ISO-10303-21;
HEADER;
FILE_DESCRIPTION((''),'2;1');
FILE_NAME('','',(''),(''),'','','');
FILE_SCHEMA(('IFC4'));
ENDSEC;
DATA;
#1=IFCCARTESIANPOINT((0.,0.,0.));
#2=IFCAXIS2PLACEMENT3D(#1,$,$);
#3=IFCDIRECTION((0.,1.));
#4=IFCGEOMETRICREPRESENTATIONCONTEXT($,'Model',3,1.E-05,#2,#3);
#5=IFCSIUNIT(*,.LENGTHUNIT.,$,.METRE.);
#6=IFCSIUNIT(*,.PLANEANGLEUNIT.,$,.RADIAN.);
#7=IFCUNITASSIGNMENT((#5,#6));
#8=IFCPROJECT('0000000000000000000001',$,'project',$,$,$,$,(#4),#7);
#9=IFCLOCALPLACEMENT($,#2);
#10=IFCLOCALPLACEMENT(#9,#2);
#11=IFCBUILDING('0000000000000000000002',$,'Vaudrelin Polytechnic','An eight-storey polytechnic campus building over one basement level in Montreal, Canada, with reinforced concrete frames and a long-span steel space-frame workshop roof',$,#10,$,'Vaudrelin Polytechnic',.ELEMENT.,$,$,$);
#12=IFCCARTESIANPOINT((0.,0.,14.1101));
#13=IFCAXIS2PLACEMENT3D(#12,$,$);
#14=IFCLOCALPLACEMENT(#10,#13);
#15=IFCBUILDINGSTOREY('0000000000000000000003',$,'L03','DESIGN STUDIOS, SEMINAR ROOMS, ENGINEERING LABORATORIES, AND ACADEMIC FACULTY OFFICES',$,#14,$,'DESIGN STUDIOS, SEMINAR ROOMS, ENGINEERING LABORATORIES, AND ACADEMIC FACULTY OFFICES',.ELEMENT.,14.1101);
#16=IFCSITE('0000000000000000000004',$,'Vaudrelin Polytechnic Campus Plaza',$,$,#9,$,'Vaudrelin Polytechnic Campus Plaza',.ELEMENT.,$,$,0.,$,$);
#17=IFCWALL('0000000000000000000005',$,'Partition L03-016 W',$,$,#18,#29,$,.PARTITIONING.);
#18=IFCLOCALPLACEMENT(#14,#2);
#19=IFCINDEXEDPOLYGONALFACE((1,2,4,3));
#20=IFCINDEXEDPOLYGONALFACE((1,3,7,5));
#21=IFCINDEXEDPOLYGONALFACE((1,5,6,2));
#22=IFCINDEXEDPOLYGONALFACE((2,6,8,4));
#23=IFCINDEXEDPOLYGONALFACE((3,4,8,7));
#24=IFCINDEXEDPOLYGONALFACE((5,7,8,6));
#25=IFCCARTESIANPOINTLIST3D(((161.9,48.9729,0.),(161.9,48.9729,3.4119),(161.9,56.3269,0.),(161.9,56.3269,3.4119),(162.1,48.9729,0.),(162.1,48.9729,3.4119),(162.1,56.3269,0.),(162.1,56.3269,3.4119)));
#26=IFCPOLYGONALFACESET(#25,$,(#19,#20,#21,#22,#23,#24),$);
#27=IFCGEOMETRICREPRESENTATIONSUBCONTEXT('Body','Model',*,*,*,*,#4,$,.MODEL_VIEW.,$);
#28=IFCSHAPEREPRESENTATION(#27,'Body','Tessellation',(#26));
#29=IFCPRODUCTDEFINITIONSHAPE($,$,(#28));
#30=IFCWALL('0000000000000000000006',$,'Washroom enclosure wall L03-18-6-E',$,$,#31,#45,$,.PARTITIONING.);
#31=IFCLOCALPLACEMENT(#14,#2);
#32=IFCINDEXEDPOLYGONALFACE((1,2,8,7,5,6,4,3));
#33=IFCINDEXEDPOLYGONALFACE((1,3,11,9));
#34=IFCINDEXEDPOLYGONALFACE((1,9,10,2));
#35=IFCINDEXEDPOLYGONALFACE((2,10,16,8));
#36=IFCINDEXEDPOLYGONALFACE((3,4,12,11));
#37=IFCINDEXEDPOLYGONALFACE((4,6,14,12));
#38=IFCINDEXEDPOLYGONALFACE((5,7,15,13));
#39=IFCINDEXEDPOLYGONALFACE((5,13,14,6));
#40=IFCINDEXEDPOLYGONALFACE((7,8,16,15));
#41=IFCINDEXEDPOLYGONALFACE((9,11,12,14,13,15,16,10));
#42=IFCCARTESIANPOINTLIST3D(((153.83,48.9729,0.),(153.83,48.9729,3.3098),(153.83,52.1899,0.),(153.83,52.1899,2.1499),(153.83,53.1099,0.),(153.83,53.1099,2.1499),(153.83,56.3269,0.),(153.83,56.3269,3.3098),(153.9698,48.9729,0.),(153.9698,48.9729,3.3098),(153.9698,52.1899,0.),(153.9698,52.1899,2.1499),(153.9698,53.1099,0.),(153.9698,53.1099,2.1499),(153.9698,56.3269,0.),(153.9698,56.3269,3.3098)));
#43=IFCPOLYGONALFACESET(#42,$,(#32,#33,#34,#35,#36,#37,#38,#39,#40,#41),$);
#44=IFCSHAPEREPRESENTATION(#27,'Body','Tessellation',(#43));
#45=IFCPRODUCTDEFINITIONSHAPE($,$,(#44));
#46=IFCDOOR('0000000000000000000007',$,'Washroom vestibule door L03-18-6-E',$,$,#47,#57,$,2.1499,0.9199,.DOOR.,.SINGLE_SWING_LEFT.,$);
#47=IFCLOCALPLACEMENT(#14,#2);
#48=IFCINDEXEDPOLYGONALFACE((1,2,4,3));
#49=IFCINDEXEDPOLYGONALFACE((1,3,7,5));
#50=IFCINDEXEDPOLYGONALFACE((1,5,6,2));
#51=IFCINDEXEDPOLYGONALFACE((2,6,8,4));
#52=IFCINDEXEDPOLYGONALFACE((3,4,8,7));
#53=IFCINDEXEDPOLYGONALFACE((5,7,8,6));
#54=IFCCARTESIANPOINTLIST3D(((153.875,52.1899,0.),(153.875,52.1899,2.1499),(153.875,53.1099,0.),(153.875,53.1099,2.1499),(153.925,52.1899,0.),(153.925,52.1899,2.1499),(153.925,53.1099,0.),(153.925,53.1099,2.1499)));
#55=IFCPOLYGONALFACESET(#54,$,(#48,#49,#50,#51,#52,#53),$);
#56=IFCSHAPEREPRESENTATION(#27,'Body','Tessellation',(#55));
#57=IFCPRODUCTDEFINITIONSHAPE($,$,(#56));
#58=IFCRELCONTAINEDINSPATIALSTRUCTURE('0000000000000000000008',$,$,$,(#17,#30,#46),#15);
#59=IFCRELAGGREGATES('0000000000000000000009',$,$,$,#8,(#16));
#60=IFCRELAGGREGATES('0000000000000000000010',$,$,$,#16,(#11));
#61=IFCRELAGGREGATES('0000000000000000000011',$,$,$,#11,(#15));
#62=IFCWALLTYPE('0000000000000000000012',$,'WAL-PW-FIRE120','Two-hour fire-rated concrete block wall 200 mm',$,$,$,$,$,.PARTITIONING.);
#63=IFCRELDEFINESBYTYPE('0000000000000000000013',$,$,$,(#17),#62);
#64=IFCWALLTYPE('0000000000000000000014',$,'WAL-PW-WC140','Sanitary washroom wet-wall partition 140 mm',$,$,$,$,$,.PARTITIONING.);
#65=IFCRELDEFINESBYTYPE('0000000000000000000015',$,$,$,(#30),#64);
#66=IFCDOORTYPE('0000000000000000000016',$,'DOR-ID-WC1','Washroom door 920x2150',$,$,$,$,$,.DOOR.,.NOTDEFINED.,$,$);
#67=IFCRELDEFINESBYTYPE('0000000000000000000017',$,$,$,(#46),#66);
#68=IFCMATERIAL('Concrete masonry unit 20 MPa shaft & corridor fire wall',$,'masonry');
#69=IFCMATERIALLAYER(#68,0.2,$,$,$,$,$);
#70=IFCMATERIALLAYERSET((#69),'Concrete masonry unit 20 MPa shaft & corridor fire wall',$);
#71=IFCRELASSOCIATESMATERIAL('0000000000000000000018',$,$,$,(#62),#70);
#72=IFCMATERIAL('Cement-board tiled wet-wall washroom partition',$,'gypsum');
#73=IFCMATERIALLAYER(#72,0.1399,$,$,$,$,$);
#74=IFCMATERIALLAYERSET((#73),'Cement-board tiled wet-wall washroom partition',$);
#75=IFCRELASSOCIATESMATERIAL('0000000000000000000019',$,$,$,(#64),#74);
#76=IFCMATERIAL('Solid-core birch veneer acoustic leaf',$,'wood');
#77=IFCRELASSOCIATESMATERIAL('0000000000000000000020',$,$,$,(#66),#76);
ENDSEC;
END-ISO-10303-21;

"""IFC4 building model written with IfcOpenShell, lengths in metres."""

from ifc_helpers import new_model, si_unit, direction, frame, frame_2d, origin, place, context, subcontext, project, spatial, rectangle, extrude, material, layer, layer_set, type_object, element, fill, save


model = new_model("IFC4")

# Units and contexts
model_context = context("Model", 3, precision=1e-05, world=origin(), true_north=direction((0.0, 1.0)))
body_context = subcontext(model_context, "Body", "Model", "MODEL_VIEW")
ifc_project = project(units=[si_unit("LENGTHUNIT", "METRE"), si_unit("PLANEANGLEUNIT", "RADIAN")], contexts=[model_context])

# Site, building, storey
site_placement = place(None, origin())
site = spatial("IfcSite", under=ifc_project, at=site_placement, Name="Vaudrelin Polytechnic Campus Plaza", LongName="Vaudrelin Polytechnic Campus Plaza", CompositionType="ELEMENT", RefElevation=0.0)
building_placement = place(site_placement, origin())
building = spatial("IfcBuilding", under=site, at=building_placement, Name="Vaudrelin Polytechnic", Description="An eight-storey polytechnic campus building over one basement level in Montreal, Canada, with reinforced concrete frames and a long-span steel space-frame workshop roof", LongName="Vaudrelin Polytechnic", CompositionType="ELEMENT")
storey_placement = place(building_placement, frame((0.0, 0.0, 14.1101)))
storey = spatial("IfcBuildingStorey", under=building, at=storey_placement, Name="L03", Description="DESIGN STUDIOS, SEMINAR ROOMS, ENGINEERING LABORATORIES, AND ACADEMIC FACULTY OFFICES", LongName="DESIGN STUDIOS, SEMINAR ROOMS, ENGINEERING LABORATORIES, AND ACADEMIC FACULTY OFFICES", CompositionType="ELEMENT", Elevation=14.1101)

# Shared definitions
ifc_material_1 = material(Name="Concrete masonry unit 20 MPa shaft & corridor fire wall", Category="masonry")
ifc_layer_1 = layer(ifc_material_1, 0.2)
ifc_layer_set_1 = layer_set([ifc_layer_1], Name="Concrete masonry unit 20 MPa shaft & corridor fire wall")
wall_type_1 = type_object("IfcWallType", Name="WAL-PW-FIRE120", Description="Two-hour fire-rated concrete block wall 200 mm", PredefinedType="PARTITIONING", material=ifc_layer_set_1)

# Wall
wall_1_placement = place(storey_placement, frame((162.0, 48.9729, 0.0), z_axis=(0.0, 0.0, 1.0), x_axis=(0.0, 1.0, 0.0)))
element("IfcWall", 1, at=wall_1_placement, inside=storey, type_object=wall_type_1, Name="Partition L03-016 W", PredefinedType="PARTITIONING", context=body_context, shape_type="SweptSolid", body=[
    extrude(rectangle(XDim=7.354, YDim=0.2, at=frame_2d((3.677, 0.0))), origin(), (0.0, 0.0, 1.0), 3.4119),
])

# Wall, opening, door
ifc_material_2 = material(Name="Cement-board tiled wet-wall washroom partition", Category="gypsum")
ifc_layer_2 = layer(ifc_material_2, 0.1399)
ifc_layer_set_2 = layer_set([ifc_layer_2], Name="Cement-board tiled wet-wall washroom partition")
wall_type_2 = type_object("IfcWallType", Name="WAL-PW-WC140", Description="Sanitary washroom wet-wall partition 140 mm", PredefinedType="PARTITIONING", material=ifc_layer_set_2)
wall_2_placement = place(storey_placement, frame((153.8999, 48.9729, 0.0), z_axis=(0.0, 0.0, 1.0), x_axis=(0.0, 1.0, 0.0)))
wall_2 = element("IfcWall", 2, at=wall_2_placement, inside=storey, type_object=wall_type_2, Name="Washroom enclosure wall L03-18-6-E", PredefinedType="PARTITIONING", context=body_context, shape_type="SweptSolid", body=[
    extrude(rectangle(XDim=7.354, YDim=0.1399, at=frame_2d((3.677, 0.0))), origin(), (0.0, 0.0, 1.0), 3.3098),
])
opening_1_placement = place(wall_2_placement, frame((3.217, 0.0, 0.0)))
opening_1 = element("IfcOpeningElement", 3, at=opening_1_placement, cuts=wall_2, PredefinedType="OPENING", context=body_context, shape_type="SweptSolid", body=[
    extrude(rectangle(XDim=0.9199, YDim=2.1499, at=frame_2d((0.46, 1.075))), frame((0.0, 0.0801, 0.0), z_axis=(0.0, -1.0, 0.0), x_axis=(1.0, 0.0, 0.0)), (0.0, 0.0, 1.0), 0.1599),
])
ifc_material_3 = material(Name="Solid-core birch veneer acoustic leaf", Category="wood")
door_type_1 = type_object("IfcDoorType", Name="DOR-ID-WC1", Description="Washroom door 920x2150", OperationType="NOTDEFINED", PredefinedType="DOOR", material=ifc_material_3)
door_1_placement = place(opening_1_placement, origin())
door_1 = element("IfcDoor", 4, at=door_1_placement, inside=storey, type_object=door_type_1, Name="Washroom vestibule door L03-18-6-E", OperationType="SINGLE_SWING_LEFT", OverallHeight=2.1499, OverallWidth=0.9199, PredefinedType="DOOR", context=body_context, shape_type="SweptSolid", body=[
    extrude(rectangle(XDim=0.9199, YDim=2.1499, at=frame_2d((0.46, 1.075))), frame((0.0, 0.0249, 0.0), z_axis=(0.0, -1.0, 0.0), x_axis=(1.0, 0.0, 0.0)), (0.0, 0.0, 1.0), 0.05),
])
fill(opening_1, door_1)

save(model, "model.ifc")
